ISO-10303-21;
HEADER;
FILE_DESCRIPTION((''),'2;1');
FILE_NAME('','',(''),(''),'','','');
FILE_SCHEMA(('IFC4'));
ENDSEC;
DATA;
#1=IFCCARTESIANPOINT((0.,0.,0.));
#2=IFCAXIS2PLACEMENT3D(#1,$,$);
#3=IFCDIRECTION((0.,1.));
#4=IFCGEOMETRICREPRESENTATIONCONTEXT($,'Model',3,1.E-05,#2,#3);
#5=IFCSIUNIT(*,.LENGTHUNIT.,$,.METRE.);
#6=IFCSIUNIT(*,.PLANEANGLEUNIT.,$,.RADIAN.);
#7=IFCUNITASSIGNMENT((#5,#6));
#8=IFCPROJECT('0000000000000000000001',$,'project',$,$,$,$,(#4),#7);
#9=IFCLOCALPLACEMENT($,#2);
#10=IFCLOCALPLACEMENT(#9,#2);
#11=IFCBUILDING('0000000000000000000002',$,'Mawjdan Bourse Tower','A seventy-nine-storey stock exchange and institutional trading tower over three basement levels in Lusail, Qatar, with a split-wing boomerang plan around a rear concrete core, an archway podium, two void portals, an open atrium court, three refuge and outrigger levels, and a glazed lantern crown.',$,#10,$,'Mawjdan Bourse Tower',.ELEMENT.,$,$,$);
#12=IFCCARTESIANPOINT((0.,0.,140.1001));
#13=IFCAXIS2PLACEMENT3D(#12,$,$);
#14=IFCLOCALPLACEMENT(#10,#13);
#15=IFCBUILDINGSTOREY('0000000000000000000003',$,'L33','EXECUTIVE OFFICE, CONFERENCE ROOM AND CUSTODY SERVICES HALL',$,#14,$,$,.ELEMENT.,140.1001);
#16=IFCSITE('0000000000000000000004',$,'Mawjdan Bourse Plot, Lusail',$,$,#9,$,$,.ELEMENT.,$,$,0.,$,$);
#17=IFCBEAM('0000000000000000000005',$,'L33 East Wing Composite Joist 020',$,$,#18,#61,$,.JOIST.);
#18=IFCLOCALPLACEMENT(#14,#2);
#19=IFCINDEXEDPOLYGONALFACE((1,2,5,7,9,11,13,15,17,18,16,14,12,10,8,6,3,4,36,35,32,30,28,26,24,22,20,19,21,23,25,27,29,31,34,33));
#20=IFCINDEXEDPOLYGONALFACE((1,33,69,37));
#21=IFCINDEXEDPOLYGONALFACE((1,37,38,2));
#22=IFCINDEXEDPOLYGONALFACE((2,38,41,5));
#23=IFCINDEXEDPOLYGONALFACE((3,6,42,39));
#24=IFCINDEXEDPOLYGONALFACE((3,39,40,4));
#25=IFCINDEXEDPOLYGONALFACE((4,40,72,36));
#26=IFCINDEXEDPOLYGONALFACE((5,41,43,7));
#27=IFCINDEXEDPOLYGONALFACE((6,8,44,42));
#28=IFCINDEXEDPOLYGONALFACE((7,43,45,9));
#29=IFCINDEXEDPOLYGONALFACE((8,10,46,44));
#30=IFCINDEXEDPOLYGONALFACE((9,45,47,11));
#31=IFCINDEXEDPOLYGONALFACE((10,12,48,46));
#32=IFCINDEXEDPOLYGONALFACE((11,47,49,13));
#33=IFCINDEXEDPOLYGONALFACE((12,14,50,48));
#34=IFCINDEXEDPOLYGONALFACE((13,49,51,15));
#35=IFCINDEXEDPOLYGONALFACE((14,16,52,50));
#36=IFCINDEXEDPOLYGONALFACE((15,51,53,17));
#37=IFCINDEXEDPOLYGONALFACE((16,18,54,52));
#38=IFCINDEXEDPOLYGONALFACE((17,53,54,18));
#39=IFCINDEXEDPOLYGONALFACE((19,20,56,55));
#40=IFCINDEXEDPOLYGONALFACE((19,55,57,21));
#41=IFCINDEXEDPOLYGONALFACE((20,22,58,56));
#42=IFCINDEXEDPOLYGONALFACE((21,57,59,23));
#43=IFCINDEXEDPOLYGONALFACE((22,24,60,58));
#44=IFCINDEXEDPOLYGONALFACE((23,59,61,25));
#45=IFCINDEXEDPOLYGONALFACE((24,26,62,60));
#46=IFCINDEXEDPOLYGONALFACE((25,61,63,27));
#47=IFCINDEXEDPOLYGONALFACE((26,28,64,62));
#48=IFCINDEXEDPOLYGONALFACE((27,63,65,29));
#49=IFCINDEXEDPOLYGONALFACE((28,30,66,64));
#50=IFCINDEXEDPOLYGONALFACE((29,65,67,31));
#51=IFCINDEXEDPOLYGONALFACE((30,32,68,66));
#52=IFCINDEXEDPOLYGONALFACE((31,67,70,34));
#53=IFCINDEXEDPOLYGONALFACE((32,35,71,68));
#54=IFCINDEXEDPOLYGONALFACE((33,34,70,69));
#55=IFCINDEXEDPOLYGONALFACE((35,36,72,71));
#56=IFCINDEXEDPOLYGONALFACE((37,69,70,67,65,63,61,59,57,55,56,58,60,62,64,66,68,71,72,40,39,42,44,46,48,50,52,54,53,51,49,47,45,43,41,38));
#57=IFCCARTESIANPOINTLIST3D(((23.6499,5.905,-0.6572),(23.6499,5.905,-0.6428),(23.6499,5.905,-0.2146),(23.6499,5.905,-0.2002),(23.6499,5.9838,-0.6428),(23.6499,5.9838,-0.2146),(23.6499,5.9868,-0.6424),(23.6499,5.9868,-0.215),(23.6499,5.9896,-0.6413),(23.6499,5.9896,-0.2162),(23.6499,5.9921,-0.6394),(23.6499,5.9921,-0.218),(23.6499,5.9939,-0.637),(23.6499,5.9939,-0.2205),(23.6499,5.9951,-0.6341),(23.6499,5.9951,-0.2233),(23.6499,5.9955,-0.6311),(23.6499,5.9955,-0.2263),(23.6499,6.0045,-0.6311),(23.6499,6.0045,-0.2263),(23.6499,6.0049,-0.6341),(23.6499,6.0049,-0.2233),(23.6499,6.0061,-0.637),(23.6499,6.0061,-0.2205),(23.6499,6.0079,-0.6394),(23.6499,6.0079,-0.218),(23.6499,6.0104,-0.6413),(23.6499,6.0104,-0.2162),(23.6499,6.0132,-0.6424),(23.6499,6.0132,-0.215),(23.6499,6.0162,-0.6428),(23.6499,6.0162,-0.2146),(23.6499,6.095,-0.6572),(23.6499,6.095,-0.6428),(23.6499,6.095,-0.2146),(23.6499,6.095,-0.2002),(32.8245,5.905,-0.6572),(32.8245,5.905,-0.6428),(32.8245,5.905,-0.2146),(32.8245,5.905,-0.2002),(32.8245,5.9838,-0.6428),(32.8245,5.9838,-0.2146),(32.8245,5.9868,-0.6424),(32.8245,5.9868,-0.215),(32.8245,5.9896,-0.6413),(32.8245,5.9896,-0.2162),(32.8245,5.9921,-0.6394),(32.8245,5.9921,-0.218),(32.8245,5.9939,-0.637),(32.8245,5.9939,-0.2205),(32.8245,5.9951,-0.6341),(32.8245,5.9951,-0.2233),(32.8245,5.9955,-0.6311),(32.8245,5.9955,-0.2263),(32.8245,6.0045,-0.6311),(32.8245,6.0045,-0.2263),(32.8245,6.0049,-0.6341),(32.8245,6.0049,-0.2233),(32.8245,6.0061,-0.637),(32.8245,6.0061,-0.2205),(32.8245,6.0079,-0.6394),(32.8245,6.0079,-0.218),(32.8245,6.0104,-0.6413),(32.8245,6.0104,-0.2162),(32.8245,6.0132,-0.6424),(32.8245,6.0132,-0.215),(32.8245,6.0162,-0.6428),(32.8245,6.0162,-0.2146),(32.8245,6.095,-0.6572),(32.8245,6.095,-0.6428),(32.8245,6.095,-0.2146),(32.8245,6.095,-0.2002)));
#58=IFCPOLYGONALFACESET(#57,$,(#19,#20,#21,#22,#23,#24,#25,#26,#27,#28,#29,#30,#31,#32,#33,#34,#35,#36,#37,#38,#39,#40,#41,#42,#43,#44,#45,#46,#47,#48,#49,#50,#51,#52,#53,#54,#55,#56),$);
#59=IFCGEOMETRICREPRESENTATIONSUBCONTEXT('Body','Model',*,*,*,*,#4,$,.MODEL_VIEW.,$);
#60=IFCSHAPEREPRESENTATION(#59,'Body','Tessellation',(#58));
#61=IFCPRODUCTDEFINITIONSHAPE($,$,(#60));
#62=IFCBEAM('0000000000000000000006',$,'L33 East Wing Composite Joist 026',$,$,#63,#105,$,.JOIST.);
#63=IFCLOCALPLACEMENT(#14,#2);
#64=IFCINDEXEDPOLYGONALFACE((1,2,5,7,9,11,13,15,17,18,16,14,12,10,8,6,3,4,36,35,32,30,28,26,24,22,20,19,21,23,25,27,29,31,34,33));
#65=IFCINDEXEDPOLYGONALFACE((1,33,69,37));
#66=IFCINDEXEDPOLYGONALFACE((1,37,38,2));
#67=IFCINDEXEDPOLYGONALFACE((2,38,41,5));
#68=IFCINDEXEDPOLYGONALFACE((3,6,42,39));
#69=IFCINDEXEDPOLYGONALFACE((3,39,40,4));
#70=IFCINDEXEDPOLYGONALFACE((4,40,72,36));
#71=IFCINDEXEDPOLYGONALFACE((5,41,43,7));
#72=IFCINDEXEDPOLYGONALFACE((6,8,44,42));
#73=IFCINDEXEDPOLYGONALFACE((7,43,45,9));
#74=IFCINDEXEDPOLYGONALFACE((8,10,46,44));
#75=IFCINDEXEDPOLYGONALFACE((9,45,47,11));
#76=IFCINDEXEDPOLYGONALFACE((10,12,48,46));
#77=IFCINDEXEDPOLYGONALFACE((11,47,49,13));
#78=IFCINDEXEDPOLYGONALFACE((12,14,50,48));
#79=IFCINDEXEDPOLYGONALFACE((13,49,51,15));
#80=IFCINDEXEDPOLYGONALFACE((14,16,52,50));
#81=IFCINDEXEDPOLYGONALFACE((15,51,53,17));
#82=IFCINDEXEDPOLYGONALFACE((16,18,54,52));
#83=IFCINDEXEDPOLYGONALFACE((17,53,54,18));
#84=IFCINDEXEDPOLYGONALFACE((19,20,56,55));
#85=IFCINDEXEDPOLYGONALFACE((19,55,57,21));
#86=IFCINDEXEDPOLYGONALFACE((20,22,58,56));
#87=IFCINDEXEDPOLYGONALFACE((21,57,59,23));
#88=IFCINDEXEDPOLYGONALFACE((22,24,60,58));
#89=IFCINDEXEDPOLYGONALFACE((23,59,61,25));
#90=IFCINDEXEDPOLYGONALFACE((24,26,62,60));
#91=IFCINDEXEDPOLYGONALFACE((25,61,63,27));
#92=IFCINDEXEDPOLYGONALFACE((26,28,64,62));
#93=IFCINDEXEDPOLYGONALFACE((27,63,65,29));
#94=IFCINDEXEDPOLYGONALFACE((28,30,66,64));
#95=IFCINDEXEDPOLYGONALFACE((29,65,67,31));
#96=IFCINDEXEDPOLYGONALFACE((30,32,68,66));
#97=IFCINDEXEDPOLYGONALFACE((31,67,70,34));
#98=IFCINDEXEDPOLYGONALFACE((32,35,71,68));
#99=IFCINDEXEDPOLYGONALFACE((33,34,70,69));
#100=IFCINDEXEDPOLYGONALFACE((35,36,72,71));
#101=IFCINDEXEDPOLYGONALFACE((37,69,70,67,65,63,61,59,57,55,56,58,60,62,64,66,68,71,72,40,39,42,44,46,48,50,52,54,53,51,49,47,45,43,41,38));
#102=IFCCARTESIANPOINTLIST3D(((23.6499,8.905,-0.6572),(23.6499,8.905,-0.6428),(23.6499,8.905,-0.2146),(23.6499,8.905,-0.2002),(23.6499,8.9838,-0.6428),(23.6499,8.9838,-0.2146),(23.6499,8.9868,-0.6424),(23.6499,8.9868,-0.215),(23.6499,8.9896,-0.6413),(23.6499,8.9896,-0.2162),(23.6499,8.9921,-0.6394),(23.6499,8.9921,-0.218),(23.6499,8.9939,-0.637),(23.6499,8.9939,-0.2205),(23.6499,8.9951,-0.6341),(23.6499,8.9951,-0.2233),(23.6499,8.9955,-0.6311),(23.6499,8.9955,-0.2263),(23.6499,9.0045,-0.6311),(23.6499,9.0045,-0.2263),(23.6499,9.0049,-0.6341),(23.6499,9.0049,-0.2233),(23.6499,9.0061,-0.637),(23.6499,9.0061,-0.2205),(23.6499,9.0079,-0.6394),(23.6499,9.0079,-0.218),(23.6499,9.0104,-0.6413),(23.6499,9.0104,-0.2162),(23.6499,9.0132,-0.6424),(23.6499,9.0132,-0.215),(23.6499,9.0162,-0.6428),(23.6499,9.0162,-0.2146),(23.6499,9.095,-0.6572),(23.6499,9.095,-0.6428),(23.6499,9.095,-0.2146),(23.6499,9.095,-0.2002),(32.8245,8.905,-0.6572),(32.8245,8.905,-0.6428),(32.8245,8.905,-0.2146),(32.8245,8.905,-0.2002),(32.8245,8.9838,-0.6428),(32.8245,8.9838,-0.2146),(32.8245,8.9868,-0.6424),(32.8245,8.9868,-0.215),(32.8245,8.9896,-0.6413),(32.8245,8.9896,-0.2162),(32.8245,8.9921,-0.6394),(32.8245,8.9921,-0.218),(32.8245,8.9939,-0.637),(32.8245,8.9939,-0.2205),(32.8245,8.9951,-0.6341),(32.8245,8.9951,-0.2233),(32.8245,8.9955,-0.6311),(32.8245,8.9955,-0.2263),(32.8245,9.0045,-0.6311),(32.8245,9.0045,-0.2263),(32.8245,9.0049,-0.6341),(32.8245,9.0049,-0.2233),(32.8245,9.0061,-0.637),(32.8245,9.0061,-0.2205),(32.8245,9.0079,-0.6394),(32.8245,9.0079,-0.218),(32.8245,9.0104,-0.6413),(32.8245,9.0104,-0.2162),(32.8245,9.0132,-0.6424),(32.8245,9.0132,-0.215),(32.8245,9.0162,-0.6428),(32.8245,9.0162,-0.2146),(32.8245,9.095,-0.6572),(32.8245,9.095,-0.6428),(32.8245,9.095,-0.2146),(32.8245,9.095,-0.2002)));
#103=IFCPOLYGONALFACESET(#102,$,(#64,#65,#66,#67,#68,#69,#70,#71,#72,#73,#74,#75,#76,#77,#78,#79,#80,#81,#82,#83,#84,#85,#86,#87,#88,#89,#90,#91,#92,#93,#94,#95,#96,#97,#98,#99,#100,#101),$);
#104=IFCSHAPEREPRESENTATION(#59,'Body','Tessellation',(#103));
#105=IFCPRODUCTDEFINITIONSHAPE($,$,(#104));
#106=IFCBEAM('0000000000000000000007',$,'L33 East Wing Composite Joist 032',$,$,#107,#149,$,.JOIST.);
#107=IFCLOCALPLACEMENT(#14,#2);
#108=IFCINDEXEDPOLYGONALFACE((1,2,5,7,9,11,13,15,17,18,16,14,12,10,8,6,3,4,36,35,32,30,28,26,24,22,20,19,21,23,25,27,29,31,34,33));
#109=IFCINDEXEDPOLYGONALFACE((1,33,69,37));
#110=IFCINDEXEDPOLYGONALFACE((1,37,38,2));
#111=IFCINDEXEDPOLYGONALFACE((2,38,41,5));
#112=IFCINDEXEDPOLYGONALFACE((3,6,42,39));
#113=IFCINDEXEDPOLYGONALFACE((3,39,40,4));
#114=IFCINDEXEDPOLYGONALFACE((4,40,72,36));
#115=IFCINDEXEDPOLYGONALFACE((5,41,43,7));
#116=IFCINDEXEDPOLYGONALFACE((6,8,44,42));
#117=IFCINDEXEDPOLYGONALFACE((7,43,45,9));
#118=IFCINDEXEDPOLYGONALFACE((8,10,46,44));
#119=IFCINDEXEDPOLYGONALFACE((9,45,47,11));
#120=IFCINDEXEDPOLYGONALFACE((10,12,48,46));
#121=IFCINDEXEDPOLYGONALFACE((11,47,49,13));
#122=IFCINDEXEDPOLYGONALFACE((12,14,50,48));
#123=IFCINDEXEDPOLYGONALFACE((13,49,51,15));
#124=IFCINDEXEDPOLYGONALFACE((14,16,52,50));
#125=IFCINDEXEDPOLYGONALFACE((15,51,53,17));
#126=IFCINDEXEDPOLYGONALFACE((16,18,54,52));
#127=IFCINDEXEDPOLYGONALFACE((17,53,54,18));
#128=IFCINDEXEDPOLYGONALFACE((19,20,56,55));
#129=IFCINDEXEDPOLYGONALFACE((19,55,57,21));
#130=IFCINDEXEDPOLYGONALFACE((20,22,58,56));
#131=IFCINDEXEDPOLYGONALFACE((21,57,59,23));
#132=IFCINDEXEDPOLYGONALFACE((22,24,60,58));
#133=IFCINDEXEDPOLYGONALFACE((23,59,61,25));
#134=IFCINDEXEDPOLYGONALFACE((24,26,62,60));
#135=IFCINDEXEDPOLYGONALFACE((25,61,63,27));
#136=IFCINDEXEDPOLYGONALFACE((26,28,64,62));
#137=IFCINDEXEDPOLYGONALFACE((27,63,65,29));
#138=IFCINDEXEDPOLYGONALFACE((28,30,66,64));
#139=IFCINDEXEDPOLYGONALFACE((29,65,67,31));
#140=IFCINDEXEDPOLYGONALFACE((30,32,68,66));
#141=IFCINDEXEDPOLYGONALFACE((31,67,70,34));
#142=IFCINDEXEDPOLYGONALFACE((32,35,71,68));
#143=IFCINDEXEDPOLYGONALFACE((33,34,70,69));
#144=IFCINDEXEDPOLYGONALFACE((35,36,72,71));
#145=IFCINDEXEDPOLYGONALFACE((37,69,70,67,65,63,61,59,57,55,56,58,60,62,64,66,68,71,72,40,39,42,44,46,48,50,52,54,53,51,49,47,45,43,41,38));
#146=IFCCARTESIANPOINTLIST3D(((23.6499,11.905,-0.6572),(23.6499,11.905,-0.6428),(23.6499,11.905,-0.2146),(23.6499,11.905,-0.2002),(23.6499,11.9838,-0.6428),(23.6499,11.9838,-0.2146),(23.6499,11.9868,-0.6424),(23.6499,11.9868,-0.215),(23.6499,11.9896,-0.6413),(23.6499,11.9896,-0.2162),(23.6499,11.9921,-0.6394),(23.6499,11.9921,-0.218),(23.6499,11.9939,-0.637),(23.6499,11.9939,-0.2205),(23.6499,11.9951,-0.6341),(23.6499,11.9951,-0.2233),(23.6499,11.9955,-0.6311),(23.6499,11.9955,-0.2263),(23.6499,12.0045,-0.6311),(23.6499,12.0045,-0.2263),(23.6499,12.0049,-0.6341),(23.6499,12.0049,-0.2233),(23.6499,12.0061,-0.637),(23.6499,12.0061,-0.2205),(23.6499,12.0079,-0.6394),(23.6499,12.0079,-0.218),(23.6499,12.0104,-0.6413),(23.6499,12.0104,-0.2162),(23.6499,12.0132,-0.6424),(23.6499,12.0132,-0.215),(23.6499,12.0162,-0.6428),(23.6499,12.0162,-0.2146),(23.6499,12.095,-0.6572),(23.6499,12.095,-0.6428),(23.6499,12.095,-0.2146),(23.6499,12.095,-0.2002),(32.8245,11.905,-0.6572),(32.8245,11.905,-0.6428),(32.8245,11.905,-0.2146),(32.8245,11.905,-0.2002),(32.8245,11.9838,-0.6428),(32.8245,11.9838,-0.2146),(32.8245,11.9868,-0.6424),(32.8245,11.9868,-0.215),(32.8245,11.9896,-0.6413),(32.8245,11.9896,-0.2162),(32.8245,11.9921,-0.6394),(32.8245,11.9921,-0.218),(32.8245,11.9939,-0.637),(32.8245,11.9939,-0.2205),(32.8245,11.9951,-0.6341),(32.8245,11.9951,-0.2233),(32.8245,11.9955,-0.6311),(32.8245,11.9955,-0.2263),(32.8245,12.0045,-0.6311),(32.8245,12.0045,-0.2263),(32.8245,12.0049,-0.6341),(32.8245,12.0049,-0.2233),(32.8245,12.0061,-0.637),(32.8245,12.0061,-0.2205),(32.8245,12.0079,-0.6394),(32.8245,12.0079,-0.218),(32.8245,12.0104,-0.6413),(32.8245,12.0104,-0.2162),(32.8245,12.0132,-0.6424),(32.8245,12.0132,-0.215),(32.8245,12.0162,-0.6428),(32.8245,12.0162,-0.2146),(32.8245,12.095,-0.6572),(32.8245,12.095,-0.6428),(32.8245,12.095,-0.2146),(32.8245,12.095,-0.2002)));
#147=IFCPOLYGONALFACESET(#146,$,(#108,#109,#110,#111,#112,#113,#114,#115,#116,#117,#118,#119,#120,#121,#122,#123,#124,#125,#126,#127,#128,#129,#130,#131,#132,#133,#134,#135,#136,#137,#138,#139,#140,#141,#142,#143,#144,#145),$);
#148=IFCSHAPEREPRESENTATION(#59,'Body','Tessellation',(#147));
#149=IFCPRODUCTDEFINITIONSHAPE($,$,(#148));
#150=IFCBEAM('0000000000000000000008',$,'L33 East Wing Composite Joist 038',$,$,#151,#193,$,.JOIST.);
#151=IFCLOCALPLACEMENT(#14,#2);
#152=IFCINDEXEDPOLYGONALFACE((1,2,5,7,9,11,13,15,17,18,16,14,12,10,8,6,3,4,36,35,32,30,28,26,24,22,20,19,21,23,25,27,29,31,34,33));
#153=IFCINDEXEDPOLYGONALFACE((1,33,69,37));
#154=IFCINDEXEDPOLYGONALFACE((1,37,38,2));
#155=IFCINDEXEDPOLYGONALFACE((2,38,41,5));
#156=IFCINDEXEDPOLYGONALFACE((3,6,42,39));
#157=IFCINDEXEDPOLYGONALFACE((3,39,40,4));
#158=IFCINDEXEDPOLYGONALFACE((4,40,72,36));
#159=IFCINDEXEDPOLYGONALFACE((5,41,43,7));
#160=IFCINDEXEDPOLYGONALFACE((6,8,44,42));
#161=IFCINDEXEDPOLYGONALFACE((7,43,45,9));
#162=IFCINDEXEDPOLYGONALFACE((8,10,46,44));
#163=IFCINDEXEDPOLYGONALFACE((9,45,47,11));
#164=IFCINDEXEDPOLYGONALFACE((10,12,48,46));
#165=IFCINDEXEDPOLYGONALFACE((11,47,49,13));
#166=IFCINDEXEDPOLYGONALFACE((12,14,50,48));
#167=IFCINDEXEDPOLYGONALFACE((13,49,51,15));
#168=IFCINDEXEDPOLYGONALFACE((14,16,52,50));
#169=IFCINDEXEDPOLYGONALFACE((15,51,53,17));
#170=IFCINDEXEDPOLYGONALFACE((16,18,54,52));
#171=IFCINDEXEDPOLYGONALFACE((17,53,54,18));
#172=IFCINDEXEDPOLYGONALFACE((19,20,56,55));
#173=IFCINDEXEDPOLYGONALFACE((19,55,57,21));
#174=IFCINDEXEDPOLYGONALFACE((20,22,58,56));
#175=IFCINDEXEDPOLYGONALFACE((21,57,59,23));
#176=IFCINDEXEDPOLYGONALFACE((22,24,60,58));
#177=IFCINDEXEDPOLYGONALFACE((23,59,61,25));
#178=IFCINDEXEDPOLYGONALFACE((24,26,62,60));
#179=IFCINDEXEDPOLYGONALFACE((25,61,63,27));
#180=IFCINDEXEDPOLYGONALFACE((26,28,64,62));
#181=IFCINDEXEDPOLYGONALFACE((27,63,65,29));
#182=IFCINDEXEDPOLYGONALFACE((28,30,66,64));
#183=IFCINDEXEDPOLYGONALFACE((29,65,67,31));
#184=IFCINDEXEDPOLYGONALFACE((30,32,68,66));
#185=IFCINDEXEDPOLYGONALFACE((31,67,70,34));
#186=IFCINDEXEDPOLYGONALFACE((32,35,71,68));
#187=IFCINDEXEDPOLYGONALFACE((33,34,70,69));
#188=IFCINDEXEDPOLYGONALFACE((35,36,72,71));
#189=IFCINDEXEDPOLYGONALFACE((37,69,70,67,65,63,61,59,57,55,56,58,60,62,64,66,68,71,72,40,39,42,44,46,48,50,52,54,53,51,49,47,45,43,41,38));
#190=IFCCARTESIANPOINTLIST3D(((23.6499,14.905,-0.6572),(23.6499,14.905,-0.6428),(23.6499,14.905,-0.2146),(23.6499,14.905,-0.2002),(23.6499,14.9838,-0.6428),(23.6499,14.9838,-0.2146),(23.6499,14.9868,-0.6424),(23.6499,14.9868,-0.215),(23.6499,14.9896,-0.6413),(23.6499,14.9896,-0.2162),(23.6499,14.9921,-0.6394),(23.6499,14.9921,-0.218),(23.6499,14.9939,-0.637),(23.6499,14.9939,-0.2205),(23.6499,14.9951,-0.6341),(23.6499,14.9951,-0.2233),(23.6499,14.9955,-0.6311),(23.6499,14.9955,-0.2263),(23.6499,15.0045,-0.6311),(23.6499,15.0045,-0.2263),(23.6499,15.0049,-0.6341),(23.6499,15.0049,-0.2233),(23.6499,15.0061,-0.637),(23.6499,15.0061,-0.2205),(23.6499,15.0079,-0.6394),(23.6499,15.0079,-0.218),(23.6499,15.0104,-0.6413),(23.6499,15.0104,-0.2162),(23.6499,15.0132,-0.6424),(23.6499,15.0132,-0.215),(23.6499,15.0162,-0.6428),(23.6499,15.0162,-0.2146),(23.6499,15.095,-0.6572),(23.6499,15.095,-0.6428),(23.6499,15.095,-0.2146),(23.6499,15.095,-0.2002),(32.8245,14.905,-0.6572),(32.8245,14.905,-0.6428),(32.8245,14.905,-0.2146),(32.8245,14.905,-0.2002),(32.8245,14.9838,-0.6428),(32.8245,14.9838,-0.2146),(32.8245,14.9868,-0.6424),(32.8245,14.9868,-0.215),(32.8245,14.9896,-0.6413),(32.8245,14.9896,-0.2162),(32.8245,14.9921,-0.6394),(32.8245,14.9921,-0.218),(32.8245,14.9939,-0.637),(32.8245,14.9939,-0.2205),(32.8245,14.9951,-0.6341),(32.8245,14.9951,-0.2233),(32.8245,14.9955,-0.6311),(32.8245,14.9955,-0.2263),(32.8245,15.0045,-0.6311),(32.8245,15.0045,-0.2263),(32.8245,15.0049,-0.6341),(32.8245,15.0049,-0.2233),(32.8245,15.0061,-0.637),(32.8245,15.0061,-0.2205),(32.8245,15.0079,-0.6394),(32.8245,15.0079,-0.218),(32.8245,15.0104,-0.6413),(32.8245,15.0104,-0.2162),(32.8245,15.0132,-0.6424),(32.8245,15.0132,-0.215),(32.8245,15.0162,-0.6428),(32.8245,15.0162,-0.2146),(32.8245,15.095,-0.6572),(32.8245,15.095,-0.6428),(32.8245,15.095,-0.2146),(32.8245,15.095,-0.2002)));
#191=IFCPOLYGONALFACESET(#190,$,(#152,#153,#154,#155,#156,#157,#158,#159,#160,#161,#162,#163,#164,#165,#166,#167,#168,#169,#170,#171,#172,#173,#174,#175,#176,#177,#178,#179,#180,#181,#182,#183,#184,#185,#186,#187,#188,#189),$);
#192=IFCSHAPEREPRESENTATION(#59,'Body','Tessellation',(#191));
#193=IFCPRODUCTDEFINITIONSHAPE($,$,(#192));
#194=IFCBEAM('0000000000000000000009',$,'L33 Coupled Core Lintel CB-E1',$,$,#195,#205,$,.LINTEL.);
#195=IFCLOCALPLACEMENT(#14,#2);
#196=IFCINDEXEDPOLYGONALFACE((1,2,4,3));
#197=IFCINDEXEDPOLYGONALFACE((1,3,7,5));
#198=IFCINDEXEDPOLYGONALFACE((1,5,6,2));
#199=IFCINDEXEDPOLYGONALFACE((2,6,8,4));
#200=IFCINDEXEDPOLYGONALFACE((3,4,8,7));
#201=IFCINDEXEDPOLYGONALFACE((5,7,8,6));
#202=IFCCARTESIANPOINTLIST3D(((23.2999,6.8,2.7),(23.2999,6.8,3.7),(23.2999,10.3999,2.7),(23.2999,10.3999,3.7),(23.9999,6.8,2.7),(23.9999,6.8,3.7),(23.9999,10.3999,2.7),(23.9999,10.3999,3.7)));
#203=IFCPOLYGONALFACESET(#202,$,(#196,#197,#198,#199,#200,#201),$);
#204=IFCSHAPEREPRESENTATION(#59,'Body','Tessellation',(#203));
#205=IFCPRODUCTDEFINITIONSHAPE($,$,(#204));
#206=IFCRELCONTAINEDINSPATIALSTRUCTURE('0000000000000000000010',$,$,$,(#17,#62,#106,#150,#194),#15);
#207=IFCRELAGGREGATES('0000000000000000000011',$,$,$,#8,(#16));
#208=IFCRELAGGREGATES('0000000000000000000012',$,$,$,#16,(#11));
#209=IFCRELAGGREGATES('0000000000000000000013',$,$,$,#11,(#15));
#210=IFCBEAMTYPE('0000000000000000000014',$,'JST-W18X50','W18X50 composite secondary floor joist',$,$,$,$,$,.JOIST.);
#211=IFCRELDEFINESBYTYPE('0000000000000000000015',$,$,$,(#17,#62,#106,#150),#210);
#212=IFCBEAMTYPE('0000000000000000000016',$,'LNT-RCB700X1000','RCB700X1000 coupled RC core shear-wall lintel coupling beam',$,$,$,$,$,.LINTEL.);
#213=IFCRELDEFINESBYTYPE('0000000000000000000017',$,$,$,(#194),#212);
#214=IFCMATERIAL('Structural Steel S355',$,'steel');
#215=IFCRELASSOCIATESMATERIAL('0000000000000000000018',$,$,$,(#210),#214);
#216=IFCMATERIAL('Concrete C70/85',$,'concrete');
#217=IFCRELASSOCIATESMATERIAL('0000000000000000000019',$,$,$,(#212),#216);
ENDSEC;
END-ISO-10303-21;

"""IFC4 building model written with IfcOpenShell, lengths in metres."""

from ifc_helpers import new_model, si_unit, direction, frame, origin, origin_2d, place, context, subcontext, project, spatial, rectangle, i_section, extrude, material, material_profile, profile_set, type_object, element, save


model = new_model("IFC4")

# Units and contexts
model_context = context("Model", 3, precision=1e-05, world=origin(), true_north=direction((0.0, 1.0)))
body_context = subcontext(model_context, "Body", "Model", "MODEL_VIEW")
ifc_project = project(units=[si_unit("LENGTHUNIT", "METRE"), si_unit("PLANEANGLEUNIT", "RADIAN")], contexts=[model_context])

# Site, building, storey
site_placement = place(None, origin())
site = spatial("IfcSite", under=ifc_project, at=site_placement, Name="Mawjdan Bourse Plot, Lusail", CompositionType="ELEMENT", RefElevation=0.0)
building_placement = place(site_placement, origin())
building = spatial("IfcBuilding", under=site, at=building_placement, Name="Mawjdan Bourse Tower", Description="A seventy-nine-storey stock exchange and institutional trading tower over three basement levels in Lusail, Qatar, with a split-wing boomerang plan around a rear concrete core, an archway podium, two void portals, an open atrium court, three refuge and outrigger levels, and a glazed lantern crown.", LongName="Mawjdan Bourse Tower", CompositionType="ELEMENT")
storey_placement = place(building_placement, frame((0.0, 0.0, 140.1001)))
storey = spatial("IfcBuildingStorey", under=building, at=storey_placement, Name="L33", Description="EXECUTIVE OFFICE, CONFERENCE ROOM AND CUSTODY SERVICES HALL", CompositionType="ELEMENT", Elevation=140.1001)

# Beams
ifc_material_1 = material(Name="Structural Steel S355", Category="steel")
ifc_material_profile_1 = material_profile(ifc_material_1, i_section(OverallWidth=0.1899, OverallDepth=0.457, WebThickness=0.009, FlangeThickness=0.0144, FilletRadius=0.0117, at=origin_2d()), Name="W18X50")
ifc_profile_set_1 = profile_set([ifc_material_profile_1], Name="Structural Steel S355")
beam_type_1 = type_object("IfcBeamType", Name="JST-W18X50", Description="W18X50 composite secondary floor joist", PredefinedType="JOIST", material=ifc_profile_set_1)
for number, where, z_axis, x_axis, name in (
    (1, (23.6499, 6.0, -0.4287), (1.0, 0.0, 0.0), (0.0, 1.0, 0.0), "L33 East Wing Composite Joist 020"),
    (2, (23.6499, 9.0, -0.4287), (1.0, 0.0, 0.0), (0.0, 1.0, 0.0), "L33 East Wing Composite Joist 026"),
    (3, (23.6499, 12.0, -0.4287), (1.0, 0.0, 0.0), (0.0, 1.0, 0.0), "L33 East Wing Composite Joist 032"),
    (4, (23.6499, 15.0, -0.4287), (1.0, 0.0, 0.0), (0.0, 1.0, 0.0), "L33 East Wing Composite Joist 038"),
):
    element("IfcBeam", number, at=place(storey_placement, frame(where, z_axis=z_axis, x_axis=x_axis)), inside=storey, type_object=beam_type_1, Name=name, PredefinedType="JOIST", context=body_context, shape_type="SweptSolid", body=[
        extrude(i_section(OverallWidth=0.1899, OverallDepth=0.457, WebThickness=0.009, FlangeThickness=0.0144, FilletRadius=0.0117, at=origin_2d()), origin(), (0.0, 0.0, 1.0), 9.1746),
    ])
ifc_material_2 = material(Name="Concrete C70/85", Category="concrete")
ifc_material_profile_2 = material_profile(ifc_material_2, rectangle(XDim=0.7, YDim=1.0, at=origin_2d()), Name="RCB700X1000")
ifc_profile_set_2 = profile_set([ifc_material_profile_2], Name="Concrete C70/85")
beam_type_2 = type_object("IfcBeamType", Name="LNT-RCB700X1000", Description="RCB700X1000 coupled RC core shear-wall lintel coupling beam", PredefinedType="LINTEL", material=ifc_profile_set_2)
beam_1_placement = place(storey_placement, frame((23.6499, 6.8, 3.2), z_axis=(0.0, 1.0, 0.0), x_axis=(-1.0, 0.0, 0.0)))
element("IfcBeam", 5, at=beam_1_placement, inside=storey, type_object=beam_type_2, Name="L33 Coupled Core Lintel CB-E1", PredefinedType="LINTEL", context=body_context, shape_type="SweptSolid", body=[
    extrude(rectangle(XDim=0.7, YDim=1.0, at=origin_2d()), origin(), (0.0, 0.0, 1.0), 3.5999),
])

save(model, "model.ifc")
